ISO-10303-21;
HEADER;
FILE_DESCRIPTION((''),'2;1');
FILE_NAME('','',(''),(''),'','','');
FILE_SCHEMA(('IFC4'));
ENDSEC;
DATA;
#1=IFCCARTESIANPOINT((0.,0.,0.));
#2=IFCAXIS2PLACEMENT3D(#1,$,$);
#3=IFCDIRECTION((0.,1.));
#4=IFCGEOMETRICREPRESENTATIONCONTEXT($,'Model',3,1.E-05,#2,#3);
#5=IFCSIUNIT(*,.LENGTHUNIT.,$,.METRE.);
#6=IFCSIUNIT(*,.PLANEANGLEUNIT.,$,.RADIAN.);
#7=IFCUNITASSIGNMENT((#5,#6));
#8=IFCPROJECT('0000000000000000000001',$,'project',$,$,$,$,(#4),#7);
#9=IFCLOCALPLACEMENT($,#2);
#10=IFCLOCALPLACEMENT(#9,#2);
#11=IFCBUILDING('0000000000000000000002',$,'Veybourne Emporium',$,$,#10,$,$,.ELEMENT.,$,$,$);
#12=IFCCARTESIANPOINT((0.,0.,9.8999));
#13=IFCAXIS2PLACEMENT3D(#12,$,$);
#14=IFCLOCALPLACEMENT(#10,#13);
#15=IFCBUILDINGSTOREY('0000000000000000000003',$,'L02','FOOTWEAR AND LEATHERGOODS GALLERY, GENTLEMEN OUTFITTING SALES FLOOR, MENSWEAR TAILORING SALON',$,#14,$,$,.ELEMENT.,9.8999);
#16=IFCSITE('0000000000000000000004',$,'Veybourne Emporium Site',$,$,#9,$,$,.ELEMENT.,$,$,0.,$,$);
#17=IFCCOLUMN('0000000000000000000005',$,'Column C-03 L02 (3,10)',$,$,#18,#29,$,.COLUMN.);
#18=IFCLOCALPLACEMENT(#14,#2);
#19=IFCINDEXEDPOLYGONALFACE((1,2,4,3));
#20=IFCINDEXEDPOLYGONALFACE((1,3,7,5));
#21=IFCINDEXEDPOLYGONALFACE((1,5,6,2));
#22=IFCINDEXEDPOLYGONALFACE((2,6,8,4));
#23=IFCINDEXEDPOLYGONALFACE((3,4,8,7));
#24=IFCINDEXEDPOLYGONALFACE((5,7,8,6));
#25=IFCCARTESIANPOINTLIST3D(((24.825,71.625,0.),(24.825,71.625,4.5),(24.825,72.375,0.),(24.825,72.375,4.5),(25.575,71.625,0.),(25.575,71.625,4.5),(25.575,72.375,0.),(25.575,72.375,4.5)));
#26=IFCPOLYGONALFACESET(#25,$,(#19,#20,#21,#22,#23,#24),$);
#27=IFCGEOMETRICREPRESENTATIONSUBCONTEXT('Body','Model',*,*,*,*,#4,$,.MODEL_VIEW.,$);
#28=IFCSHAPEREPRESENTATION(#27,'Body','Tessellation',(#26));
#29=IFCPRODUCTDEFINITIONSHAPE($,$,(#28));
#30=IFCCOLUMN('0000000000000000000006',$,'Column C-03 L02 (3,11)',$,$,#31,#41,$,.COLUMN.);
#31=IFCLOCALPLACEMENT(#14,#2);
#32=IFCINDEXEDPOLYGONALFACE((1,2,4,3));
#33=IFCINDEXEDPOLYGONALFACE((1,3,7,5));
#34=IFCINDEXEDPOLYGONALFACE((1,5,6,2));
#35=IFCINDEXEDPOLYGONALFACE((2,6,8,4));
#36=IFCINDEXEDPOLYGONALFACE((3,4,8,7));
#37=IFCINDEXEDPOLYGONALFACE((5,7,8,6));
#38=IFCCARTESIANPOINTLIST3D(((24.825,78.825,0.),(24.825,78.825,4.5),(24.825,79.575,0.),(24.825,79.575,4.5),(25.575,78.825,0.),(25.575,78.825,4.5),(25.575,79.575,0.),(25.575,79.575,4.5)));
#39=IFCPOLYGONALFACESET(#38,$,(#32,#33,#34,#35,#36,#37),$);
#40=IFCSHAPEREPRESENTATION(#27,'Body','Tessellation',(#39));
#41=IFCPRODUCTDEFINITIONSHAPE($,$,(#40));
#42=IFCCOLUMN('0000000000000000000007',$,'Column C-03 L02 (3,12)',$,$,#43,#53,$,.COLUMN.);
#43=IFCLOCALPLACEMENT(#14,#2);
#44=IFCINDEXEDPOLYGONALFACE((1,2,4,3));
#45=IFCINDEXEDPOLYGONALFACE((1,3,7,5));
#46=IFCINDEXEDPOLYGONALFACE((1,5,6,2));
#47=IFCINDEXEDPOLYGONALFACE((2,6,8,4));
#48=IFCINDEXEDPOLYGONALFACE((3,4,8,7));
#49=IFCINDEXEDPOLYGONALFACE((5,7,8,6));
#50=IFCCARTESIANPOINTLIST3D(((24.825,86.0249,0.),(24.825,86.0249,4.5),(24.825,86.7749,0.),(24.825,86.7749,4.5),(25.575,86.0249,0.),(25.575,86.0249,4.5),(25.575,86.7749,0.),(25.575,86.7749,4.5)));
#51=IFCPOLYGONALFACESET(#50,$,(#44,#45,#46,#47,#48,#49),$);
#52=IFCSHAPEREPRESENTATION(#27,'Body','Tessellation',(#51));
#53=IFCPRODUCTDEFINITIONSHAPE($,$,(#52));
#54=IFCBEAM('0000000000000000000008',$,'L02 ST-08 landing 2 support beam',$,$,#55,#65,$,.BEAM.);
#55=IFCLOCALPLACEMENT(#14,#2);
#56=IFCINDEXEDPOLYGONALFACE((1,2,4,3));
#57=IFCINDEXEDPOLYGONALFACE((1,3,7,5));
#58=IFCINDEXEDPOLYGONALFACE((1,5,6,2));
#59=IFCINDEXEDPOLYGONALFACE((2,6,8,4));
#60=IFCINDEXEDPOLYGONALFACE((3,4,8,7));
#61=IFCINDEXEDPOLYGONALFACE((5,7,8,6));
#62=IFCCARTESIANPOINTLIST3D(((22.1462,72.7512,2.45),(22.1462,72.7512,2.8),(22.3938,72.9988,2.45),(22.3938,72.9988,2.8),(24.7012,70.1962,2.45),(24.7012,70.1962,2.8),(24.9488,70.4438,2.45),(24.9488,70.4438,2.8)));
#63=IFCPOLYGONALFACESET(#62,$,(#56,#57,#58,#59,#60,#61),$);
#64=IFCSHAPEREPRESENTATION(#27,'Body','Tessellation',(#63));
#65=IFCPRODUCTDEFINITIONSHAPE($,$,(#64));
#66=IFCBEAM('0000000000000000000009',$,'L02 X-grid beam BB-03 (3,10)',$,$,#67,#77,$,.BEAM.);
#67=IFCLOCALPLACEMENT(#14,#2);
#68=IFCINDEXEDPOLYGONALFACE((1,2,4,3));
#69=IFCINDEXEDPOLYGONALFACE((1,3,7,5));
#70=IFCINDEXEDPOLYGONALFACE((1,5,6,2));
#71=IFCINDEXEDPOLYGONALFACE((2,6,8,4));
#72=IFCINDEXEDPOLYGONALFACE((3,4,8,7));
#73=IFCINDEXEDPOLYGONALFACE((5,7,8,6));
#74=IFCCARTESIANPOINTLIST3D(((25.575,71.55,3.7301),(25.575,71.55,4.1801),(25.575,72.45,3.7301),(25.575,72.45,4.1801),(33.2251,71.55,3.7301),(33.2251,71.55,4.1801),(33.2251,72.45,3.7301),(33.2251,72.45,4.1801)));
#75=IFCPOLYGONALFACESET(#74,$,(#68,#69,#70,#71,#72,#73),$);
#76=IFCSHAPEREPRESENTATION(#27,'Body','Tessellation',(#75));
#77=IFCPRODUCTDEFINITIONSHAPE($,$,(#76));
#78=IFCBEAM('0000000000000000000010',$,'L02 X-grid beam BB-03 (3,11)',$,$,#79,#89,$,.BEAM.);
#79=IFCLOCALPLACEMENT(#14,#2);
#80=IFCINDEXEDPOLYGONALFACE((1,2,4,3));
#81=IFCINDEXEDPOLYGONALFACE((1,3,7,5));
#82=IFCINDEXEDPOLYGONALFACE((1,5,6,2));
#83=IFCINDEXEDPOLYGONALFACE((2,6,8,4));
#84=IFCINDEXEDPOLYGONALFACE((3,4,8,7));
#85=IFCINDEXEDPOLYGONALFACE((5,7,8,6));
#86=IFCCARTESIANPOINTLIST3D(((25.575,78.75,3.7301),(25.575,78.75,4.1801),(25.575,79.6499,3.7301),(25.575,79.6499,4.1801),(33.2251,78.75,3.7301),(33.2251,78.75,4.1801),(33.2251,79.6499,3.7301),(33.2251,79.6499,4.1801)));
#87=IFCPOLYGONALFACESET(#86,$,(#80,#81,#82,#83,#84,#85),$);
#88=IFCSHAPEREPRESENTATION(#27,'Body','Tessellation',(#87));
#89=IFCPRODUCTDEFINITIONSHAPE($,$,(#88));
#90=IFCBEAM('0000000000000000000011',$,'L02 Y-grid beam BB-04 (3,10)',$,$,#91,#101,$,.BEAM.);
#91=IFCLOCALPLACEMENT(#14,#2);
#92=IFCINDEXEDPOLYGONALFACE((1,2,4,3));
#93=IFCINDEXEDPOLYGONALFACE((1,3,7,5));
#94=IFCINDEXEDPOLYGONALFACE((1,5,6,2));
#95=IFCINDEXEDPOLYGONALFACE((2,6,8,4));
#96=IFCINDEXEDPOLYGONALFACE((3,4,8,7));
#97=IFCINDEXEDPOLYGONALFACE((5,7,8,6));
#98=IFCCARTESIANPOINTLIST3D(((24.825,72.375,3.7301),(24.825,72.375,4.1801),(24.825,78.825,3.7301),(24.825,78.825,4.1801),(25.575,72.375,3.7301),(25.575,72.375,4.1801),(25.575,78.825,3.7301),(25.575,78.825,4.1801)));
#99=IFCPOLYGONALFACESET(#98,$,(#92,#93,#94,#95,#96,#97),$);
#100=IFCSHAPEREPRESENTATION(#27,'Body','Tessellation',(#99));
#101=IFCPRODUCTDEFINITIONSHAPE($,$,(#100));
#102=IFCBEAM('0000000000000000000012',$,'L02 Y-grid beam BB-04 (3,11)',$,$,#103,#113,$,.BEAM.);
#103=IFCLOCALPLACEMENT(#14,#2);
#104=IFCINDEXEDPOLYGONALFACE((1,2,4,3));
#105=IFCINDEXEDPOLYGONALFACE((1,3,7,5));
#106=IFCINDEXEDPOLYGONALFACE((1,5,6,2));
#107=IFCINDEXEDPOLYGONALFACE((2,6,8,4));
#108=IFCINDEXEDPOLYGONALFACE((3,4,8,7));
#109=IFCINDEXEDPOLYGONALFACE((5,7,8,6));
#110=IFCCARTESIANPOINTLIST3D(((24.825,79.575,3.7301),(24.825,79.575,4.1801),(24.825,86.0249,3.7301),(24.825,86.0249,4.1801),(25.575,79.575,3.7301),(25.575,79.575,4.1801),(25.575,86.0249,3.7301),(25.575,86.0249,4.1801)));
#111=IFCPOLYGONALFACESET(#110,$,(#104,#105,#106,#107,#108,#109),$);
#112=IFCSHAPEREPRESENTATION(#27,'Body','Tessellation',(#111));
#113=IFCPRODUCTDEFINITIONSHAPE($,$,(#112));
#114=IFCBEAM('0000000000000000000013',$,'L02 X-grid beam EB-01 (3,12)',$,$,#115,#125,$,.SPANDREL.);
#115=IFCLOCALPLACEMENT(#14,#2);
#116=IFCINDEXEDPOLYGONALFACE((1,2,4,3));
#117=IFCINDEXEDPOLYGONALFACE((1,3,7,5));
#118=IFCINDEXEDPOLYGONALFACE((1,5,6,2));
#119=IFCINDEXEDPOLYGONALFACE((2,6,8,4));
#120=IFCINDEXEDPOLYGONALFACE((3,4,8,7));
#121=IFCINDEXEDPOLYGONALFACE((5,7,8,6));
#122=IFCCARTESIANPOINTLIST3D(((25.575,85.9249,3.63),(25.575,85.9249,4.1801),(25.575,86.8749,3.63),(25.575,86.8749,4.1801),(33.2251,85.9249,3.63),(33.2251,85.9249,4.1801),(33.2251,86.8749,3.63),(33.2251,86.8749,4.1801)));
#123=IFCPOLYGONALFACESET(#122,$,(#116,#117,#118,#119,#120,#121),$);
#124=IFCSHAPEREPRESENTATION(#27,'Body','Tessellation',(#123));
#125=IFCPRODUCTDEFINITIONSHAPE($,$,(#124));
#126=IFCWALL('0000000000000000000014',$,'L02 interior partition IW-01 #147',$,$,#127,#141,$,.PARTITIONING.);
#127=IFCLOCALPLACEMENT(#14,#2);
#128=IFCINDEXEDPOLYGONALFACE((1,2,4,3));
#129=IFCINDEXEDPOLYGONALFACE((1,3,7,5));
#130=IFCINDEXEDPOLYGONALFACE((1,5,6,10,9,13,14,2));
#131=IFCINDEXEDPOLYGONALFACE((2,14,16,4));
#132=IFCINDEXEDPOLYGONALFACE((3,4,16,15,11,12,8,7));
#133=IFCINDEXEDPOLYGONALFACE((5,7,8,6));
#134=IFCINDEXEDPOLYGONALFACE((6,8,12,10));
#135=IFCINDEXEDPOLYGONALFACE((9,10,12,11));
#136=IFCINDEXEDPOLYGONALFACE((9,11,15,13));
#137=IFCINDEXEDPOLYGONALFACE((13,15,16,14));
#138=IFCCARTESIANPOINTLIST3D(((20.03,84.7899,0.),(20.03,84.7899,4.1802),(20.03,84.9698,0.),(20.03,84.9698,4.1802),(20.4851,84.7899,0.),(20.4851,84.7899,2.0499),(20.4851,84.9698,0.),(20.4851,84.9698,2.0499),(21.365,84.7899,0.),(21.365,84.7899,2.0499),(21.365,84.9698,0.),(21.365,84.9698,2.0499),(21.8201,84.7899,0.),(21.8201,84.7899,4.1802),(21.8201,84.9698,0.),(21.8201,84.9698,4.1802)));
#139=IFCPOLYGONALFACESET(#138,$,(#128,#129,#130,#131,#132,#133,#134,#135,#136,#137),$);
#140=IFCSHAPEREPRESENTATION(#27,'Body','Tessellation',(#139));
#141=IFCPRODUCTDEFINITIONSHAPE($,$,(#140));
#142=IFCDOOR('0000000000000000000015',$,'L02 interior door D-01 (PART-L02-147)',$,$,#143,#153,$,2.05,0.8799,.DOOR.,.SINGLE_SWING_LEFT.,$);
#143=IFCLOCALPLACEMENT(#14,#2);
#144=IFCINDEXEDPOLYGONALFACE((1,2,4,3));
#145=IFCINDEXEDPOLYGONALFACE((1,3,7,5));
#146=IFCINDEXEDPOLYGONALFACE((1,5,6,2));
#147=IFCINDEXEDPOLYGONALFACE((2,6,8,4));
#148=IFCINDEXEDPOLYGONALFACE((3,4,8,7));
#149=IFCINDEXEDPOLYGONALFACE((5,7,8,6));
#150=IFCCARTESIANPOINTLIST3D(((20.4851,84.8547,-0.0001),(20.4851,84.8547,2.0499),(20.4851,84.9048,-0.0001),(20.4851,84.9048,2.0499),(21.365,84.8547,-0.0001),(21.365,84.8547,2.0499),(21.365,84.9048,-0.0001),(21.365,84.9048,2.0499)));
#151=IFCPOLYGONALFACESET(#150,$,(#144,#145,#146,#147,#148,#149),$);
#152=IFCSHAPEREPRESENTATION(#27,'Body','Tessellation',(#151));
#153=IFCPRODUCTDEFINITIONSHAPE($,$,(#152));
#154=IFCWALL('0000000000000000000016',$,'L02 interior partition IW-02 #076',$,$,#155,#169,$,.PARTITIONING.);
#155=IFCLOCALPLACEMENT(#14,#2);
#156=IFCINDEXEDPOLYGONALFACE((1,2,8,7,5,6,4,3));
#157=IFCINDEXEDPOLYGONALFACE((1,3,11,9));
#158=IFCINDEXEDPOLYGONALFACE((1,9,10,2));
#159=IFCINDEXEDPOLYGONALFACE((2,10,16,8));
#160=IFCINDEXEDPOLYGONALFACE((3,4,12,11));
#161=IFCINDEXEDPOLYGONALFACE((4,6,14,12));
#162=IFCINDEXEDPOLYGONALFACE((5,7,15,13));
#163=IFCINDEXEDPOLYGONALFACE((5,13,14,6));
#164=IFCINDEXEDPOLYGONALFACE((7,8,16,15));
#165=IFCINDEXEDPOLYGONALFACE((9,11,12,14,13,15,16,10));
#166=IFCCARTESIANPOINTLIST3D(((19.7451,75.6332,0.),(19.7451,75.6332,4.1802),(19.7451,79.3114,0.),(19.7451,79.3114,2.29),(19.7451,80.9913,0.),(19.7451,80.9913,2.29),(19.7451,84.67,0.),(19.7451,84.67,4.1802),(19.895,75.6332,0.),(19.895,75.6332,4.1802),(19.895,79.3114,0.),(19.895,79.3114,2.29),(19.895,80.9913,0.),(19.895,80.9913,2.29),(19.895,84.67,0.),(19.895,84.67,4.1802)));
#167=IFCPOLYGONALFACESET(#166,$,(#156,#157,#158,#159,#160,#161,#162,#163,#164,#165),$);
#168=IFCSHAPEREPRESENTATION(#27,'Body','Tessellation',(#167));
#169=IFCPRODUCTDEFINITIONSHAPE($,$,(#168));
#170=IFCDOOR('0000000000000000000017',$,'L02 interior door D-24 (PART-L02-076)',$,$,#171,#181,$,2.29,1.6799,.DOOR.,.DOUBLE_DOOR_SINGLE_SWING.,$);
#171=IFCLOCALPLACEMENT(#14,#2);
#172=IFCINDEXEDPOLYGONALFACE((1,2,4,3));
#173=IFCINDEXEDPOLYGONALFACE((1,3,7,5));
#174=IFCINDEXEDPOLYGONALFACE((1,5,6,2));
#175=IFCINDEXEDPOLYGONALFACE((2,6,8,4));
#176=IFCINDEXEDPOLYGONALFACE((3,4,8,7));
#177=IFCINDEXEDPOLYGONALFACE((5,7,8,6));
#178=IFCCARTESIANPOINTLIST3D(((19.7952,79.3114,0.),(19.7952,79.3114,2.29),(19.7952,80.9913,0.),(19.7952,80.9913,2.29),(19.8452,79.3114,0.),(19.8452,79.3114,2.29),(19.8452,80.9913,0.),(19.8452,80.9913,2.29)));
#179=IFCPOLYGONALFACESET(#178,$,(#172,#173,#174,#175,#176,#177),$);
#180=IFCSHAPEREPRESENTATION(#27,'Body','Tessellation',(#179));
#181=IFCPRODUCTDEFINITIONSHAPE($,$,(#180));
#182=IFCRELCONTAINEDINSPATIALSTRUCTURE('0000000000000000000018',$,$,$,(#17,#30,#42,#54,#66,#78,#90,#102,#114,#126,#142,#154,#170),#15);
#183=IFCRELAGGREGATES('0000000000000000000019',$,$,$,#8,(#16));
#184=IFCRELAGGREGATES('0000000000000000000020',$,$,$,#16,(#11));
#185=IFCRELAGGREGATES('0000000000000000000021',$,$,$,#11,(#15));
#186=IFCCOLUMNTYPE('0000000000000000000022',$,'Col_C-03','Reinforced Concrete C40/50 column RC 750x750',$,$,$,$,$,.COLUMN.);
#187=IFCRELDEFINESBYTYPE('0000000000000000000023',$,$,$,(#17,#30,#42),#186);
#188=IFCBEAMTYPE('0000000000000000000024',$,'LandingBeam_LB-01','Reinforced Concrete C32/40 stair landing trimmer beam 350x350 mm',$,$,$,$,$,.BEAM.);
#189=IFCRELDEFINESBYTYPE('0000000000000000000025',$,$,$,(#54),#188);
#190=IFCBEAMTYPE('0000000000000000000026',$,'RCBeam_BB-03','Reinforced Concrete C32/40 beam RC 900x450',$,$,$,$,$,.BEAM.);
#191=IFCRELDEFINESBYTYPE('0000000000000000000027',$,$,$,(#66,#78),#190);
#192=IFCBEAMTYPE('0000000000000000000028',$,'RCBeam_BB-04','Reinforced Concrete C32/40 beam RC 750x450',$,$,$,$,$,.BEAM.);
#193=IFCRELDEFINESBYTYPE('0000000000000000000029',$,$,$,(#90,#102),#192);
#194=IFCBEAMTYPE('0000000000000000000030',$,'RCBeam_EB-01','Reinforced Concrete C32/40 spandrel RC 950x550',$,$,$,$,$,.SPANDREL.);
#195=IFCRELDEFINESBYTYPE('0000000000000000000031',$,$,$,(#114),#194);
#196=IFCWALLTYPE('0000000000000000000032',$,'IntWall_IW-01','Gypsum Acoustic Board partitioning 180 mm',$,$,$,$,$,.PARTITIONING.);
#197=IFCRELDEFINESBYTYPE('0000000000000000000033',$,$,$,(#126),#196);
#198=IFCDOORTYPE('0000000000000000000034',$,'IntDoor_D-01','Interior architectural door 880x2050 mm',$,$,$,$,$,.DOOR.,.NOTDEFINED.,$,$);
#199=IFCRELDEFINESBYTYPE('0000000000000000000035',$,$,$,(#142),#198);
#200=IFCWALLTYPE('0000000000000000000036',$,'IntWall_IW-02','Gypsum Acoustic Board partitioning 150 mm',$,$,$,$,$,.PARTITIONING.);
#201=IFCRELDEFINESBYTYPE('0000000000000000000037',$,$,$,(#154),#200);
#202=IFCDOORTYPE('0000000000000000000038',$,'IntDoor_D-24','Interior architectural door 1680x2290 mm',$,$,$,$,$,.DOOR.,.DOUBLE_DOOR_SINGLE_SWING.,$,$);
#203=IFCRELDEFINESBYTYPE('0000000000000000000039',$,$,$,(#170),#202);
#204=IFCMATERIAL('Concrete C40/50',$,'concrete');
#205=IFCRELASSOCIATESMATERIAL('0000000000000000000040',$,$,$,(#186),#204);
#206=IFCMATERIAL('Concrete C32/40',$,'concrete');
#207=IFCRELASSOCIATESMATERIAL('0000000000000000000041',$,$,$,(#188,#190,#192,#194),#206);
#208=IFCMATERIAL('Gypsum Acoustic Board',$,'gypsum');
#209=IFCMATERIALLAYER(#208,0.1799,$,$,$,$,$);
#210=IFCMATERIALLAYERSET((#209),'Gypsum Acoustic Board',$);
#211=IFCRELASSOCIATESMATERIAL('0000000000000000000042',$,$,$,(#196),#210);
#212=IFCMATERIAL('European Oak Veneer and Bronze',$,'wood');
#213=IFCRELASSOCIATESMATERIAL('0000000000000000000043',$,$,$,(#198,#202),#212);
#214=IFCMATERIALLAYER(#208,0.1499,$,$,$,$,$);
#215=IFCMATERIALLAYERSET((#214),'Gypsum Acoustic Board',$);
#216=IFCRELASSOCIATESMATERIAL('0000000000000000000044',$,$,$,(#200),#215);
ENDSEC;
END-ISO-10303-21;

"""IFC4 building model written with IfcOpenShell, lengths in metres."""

from ifc_helpers import new_model, si_unit, direction, frame, frame_2d, origin, origin_2d, place, context, subcontext, project, spatial, rectangle, extrude, material, layer, layer_set, material_profile, profile_set, type_object, element, fill, save


model = new_model("IFC4")

# Units and contexts
model_context = context("Model", 3, precision=1e-05, world=origin(), true_north=direction((0.0, 1.0)))
body_context = subcontext(model_context, "Body", "Model", "MODEL_VIEW")
ifc_project = project(units=[si_unit("LENGTHUNIT", "METRE"), si_unit("PLANEANGLEUNIT", "RADIAN")], contexts=[model_context])

# Site, building, storey
site_placement = place(None, origin())
site = spatial("IfcSite", under=ifc_project, at=site_placement, Name="Veybourne Emporium Site", CompositionType="ELEMENT", RefElevation=0.0)
building_placement = place(site_placement, origin())
building = spatial("IfcBuilding", under=site, at=building_placement, Name="Veybourne Emporium", CompositionType="ELEMENT")
storey_placement = place(building_placement, frame((0.0, 0.0, 9.8999)))
storey = spatial("IfcBuildingStorey", under=building, at=storey_placement, Name="L02", Description="FOOTWEAR AND LEATHERGOODS GALLERY, GENTLEMEN OUTFITTING SALES FLOOR, MENSWEAR TAILORING SALON", CompositionType="ELEMENT", Elevation=9.8999)

# Columns
ifc_material_1 = material(Name="Concrete C40/50", Category="concrete")
ifc_material_profile_1 = material_profile(ifc_material_1, rectangle(XDim=0.75, YDim=0.75, at=origin_2d()), Name="RC 750x750")
ifc_profile_set_1 = profile_set([ifc_material_profile_1], Name="Concrete C40/50")
column_type = type_object("IfcColumnType", Name="Col_C-03", Description="Reinforced Concrete C40/50 column RC 750x750", PredefinedType="COLUMN", material=ifc_profile_set_1)
for number, where, z_axis, x_axis, name in (
    (1, (25.2, 72.0, 0.0), (0.0, 0.0, 1.0), (1.0, 0.0, 0.0), "Column C-03 L02 (3,10)"),
    (2, (25.2, 79.2, 0.0), (0.0, 0.0, 1.0), (1.0, 0.0, 0.0), "Column C-03 L02 (3,11)"),
    (3, (25.2, 86.3999, 0.0), (0.0, 0.0, 1.0), (1.0, 0.0, 0.0), "Column C-03 L02 (3,12)"),
):
    element("IfcColumn", number, at=place(storey_placement, frame(where, z_axis=z_axis, x_axis=x_axis)), inside=storey, type_object=column_type, Name=name, PredefinedType="COLUMN", context=body_context, shape_type="SweptSolid", body=[
        extrude(rectangle(XDim=0.75, YDim=0.75, at=origin_2d()), origin(), (0.0, 0.0, 1.0), 4.5),
    ])

# Beams
ifc_material_2 = material(Name="Concrete C32/40", Category="concrete")
ifc_material_profile_2 = material_profile(ifc_material_2, rectangle(XDim=0.3501, YDim=0.3501, at=origin_2d()), Name="RC 350x350")
ifc_profile_set_2 = profile_set([ifc_material_profile_2], Name="Concrete C32/40")
beam_type_1 = type_object("IfcBeamType", Name="LandingBeam_LB-01", Description="Reinforced Concrete C32/40 stair landing trimmer beam 350x350 mm", PredefinedType="BEAM", material=ifc_profile_set_2)
beam_1_placement = place(storey_placement, frame((22.27, 72.875, 2.625), z_axis=(0.707107, -0.707107, 0.0), x_axis=(0.707107, 0.707107, 0.0)))
element("IfcBeam", 4, at=beam_1_placement, inside=storey, type_object=beam_type_1, Name="L02 ST-08 landing 2 support beam", PredefinedType="BEAM", context=body_context, shape_type="SweptSolid", body=[
    extrude(rectangle(XDim=0.3501, YDim=0.3501, at=origin_2d()), origin(), (0.0, 0.0, 1.0), 3.6133),
])
ifc_material_profile_3 = material_profile(ifc_material_2, rectangle(XDim=0.8999, YDim=0.45, at=origin_2d()), Name="RC 900x450")
ifc_profile_set_3 = profile_set([ifc_material_profile_3], Name="Concrete C32/40")
beam_type_2 = type_object("IfcBeamType", Name="RCBeam_BB-03", Description="Reinforced Concrete C32/40 beam RC 900x450", PredefinedType="BEAM", material=ifc_profile_set_3)
for number, where, z_axis, x_axis, name in (
    (5, (25.575, 72.0, 3.9551), (1.0, 0.0, 0.0), (0.0, 1.0, 0.0), "L02 X-grid beam BB-03 (3,10)"),
    (6, (25.575, 79.2, 3.9551), (1.0, 0.0, 0.0), (0.0, 1.0, 0.0), "L02 X-grid beam BB-03 (3,11)"),
):
    element("IfcBeam", number, at=place(storey_placement, frame(where, z_axis=z_axis, x_axis=x_axis)), inside=storey, type_object=beam_type_2, Name=name, PredefinedType="BEAM", context=body_context, shape_type="SweptSolid", body=[
        extrude(rectangle(XDim=0.8999, YDim=0.45, at=origin_2d()), origin(), (0.0, 0.0, 1.0), 7.6501),
    ])
ifc_material_profile_4 = material_profile(ifc_material_2, rectangle(XDim=0.75, YDim=0.45, at=origin_2d()), Name="RC 750x450")
ifc_profile_set_4 = profile_set([ifc_material_profile_4], Name="Concrete C32/40")
beam_type_3 = type_object("IfcBeamType", Name="RCBeam_BB-04", Description="Reinforced Concrete C32/40 beam RC 750x450", PredefinedType="BEAM", material=ifc_profile_set_4)
for number, where, z_axis, x_axis, name in (
    (7, (25.2, 72.375, 3.9551), (0.0, 1.0, 0.0), (-1.0, 0.0, 0.0), "L02 Y-grid beam BB-04 (3,10)"),
    (8, (25.2, 79.575, 3.9551), (0.0, 1.0, 0.0), (-1.0, 0.0, 0.0), "L02 Y-grid beam BB-04 (3,11)"),
):
    element("IfcBeam", number, at=place(storey_placement, frame(where, z_axis=z_axis, x_axis=x_axis)), inside=storey, type_object=beam_type_3, Name=name, PredefinedType="BEAM", context=body_context, shape_type="SweptSolid", body=[
        extrude(rectangle(XDim=0.75, YDim=0.45, at=origin_2d()), origin(), (0.0, 0.0, 1.0), 6.45),
    ])
ifc_material_profile_5 = material_profile(ifc_material_2, rectangle(XDim=0.95, YDim=0.55, at=origin_2d()), Name="RC 950x550")
ifc_profile_set_5 = profile_set([ifc_material_profile_5], Name="Concrete C32/40")
beam_type_4 = type_object("IfcBeamType", Name="RCBeam_EB-01", Description="Reinforced Concrete C32/40 spandrel RC 950x550", PredefinedType="SPANDREL", material=ifc_profile_set_5)
beam_2_placement = place(storey_placement, frame((25.575, 86.3999, 3.905), z_axis=(1.0, 0.0, 0.0), x_axis=(0.0, 1.0, 0.0)))
element("IfcBeam", 9, at=beam_2_placement, inside=storey, type_object=beam_type_4, Name="L02 X-grid beam EB-01 (3,12)", PredefinedType="SPANDREL", context=body_context, shape_type="SweptSolid", body=[
    extrude(rectangle(XDim=0.95, YDim=0.55, at=origin_2d()), origin(), (0.0, 0.0, 1.0), 7.6501),
])

# Walls, openings, doors
ifc_material_3 = material(Name="Gypsum Acoustic Board", Category="gypsum")
ifc_layer_1 = layer(ifc_material_3, 0.1799)
ifc_layer_set_1 = layer_set([ifc_layer_1], Name="Gypsum Acoustic Board")
wall_type_1 = type_object("IfcWallType", Name="IntWall_IW-01", Description="Gypsum Acoustic Board partitioning 180 mm", PredefinedType="PARTITIONING", material=ifc_layer_set_1)
wall_1_placement = place(storey_placement, frame((20.03, 84.8799, 0.0), z_axis=(0.0, 0.0, 1.0), x_axis=(1.0, 0.0, 0.0)))
wall_1 = element("IfcWall", 10, at=wall_1_placement, inside=storey, type_object=wall_type_1, Name="L02 interior partition IW-01 #147", PredefinedType="PARTITIONING", context=body_context, shape_type="SweptSolid", body=[
    extrude(rectangle(XDim=1.79, YDim=0.1799, at=frame_2d((0.895, 0.0))), origin(), (0.0, 0.0, 1.0), 4.1802),
])
opening_1_placement = place(wall_1_placement, frame((0.4551, 0.0, 0.0)))
opening_1 = element("IfcOpeningElement", 11, at=opening_1_placement, cuts=wall_1, PredefinedType="OPENING", context=body_context, shape_type="SweptSolid", body=[
    extrude(rectangle(XDim=0.8799, YDim=2.05, at=frame_2d((0.4399, 1.0249))), frame((0.0, 0.1099, 0.0), z_axis=(0.0, -1.0, 0.0), x_axis=(1.0, 0.0, 0.0)), (0.0, 0.0, 1.0), 0.22),
])
ifc_material_4 = material(Name="European Oak Veneer and Bronze", Category="wood")
door_type_1 = type_object("IfcDoorType", Name="IntDoor_D-01", Description="Interior architectural door 880x2050 mm", OperationType="NOTDEFINED", PredefinedType="DOOR", material=ifc_material_4)
door_1_placement = place(opening_1_placement, origin())
door_1 = element("IfcDoor", 12, at=door_1_placement, inside=storey, type_object=door_type_1, Name="L02 interior door D-01 (PART-L02-147)", OperationType="SINGLE_SWING_LEFT", OverallHeight=2.05, OverallWidth=0.8799, PredefinedType="DOOR", context=body_context, shape_type="SweptSolid", body=[
    extrude(rectangle(XDim=0.8799, YDim=2.05, at=frame_2d((0.4399, 1.0249))), frame((0.0, 0.0249, 0.0), z_axis=(0.0, -1.0, 0.0), x_axis=(1.0, 0.0, 0.0)), (0.0, 0.0, 1.0), 0.05),
])
fill(opening_1, door_1)
ifc_layer_2 = layer(ifc_material_3, 0.1499)
ifc_layer_set_2 = layer_set([ifc_layer_2], Name="Gypsum Acoustic Board")
wall_type_2 = type_object("IfcWallType", Name="IntWall_IW-02", Description="Gypsum Acoustic Board partitioning 150 mm", PredefinedType="PARTITIONING", material=ifc_layer_set_2)
wall_2_placement = place(storey_placement, frame((19.8201, 75.6331, 0.0), z_axis=(0.0, 0.0, 1.0), x_axis=(0.0, 1.0, 0.0)))
wall_2 = element("IfcWall", 13, at=wall_2_placement, inside=storey, type_object=wall_type_2, Name="L02 interior partition IW-02 #076", PredefinedType="PARTITIONING", context=body_context, shape_type="SweptSolid", body=[
    extrude(rectangle(XDim=9.0369, YDim=0.1499, at=frame_2d((4.5186, 0.0))), origin(), (0.0, 0.0, 1.0), 4.1802),
])
opening_2_placement = place(wall_2_placement, frame((3.6785, 0.0, 0.0)))
opening_2 = element("IfcOpeningElement", 14, at=opening_2_placement, cuts=wall_2, PredefinedType="OPENING", context=body_context, shape_type="SweptSolid", body=[
    extrude(rectangle(XDim=1.6799, YDim=2.29, at=frame_2d((0.8398, 1.145))), frame((0.0, 0.095, 0.0), z_axis=(0.0, -1.0, 0.0), x_axis=(1.0, 0.0, 0.0)), (0.0, 0.0, 1.0), 0.1899),
])
door_type_2 = type_object("IfcDoorType", Name="IntDoor_D-24", Description="Interior architectural door 1680x2290 mm", OperationType="DOUBLE_DOOR_SINGLE_SWING", PredefinedType="DOOR", material=ifc_material_4)
door_2_placement = place(opening_2_placement, origin())
door_2 = element("IfcDoor", 15, at=door_2_placement, inside=storey, type_object=door_type_2, Name="L02 interior door D-24 (PART-L02-076)", OperationType="DOUBLE_DOOR_SINGLE_SWING", OverallHeight=2.29, OverallWidth=1.6799, PredefinedType="DOOR", context=body_context, shape_type="SweptSolid", body=[
    extrude(rectangle(XDim=1.6799, YDim=2.29, at=frame_2d((0.8398, 1.145))), frame((0.0, 0.0249, 0.0), z_axis=(0.0, -1.0, 0.0), x_axis=(1.0, 0.0, 0.0)), (0.0, 0.0, 1.0), 0.05),
])
fill(opening_2, door_2)

save(model, "model.ifc")
